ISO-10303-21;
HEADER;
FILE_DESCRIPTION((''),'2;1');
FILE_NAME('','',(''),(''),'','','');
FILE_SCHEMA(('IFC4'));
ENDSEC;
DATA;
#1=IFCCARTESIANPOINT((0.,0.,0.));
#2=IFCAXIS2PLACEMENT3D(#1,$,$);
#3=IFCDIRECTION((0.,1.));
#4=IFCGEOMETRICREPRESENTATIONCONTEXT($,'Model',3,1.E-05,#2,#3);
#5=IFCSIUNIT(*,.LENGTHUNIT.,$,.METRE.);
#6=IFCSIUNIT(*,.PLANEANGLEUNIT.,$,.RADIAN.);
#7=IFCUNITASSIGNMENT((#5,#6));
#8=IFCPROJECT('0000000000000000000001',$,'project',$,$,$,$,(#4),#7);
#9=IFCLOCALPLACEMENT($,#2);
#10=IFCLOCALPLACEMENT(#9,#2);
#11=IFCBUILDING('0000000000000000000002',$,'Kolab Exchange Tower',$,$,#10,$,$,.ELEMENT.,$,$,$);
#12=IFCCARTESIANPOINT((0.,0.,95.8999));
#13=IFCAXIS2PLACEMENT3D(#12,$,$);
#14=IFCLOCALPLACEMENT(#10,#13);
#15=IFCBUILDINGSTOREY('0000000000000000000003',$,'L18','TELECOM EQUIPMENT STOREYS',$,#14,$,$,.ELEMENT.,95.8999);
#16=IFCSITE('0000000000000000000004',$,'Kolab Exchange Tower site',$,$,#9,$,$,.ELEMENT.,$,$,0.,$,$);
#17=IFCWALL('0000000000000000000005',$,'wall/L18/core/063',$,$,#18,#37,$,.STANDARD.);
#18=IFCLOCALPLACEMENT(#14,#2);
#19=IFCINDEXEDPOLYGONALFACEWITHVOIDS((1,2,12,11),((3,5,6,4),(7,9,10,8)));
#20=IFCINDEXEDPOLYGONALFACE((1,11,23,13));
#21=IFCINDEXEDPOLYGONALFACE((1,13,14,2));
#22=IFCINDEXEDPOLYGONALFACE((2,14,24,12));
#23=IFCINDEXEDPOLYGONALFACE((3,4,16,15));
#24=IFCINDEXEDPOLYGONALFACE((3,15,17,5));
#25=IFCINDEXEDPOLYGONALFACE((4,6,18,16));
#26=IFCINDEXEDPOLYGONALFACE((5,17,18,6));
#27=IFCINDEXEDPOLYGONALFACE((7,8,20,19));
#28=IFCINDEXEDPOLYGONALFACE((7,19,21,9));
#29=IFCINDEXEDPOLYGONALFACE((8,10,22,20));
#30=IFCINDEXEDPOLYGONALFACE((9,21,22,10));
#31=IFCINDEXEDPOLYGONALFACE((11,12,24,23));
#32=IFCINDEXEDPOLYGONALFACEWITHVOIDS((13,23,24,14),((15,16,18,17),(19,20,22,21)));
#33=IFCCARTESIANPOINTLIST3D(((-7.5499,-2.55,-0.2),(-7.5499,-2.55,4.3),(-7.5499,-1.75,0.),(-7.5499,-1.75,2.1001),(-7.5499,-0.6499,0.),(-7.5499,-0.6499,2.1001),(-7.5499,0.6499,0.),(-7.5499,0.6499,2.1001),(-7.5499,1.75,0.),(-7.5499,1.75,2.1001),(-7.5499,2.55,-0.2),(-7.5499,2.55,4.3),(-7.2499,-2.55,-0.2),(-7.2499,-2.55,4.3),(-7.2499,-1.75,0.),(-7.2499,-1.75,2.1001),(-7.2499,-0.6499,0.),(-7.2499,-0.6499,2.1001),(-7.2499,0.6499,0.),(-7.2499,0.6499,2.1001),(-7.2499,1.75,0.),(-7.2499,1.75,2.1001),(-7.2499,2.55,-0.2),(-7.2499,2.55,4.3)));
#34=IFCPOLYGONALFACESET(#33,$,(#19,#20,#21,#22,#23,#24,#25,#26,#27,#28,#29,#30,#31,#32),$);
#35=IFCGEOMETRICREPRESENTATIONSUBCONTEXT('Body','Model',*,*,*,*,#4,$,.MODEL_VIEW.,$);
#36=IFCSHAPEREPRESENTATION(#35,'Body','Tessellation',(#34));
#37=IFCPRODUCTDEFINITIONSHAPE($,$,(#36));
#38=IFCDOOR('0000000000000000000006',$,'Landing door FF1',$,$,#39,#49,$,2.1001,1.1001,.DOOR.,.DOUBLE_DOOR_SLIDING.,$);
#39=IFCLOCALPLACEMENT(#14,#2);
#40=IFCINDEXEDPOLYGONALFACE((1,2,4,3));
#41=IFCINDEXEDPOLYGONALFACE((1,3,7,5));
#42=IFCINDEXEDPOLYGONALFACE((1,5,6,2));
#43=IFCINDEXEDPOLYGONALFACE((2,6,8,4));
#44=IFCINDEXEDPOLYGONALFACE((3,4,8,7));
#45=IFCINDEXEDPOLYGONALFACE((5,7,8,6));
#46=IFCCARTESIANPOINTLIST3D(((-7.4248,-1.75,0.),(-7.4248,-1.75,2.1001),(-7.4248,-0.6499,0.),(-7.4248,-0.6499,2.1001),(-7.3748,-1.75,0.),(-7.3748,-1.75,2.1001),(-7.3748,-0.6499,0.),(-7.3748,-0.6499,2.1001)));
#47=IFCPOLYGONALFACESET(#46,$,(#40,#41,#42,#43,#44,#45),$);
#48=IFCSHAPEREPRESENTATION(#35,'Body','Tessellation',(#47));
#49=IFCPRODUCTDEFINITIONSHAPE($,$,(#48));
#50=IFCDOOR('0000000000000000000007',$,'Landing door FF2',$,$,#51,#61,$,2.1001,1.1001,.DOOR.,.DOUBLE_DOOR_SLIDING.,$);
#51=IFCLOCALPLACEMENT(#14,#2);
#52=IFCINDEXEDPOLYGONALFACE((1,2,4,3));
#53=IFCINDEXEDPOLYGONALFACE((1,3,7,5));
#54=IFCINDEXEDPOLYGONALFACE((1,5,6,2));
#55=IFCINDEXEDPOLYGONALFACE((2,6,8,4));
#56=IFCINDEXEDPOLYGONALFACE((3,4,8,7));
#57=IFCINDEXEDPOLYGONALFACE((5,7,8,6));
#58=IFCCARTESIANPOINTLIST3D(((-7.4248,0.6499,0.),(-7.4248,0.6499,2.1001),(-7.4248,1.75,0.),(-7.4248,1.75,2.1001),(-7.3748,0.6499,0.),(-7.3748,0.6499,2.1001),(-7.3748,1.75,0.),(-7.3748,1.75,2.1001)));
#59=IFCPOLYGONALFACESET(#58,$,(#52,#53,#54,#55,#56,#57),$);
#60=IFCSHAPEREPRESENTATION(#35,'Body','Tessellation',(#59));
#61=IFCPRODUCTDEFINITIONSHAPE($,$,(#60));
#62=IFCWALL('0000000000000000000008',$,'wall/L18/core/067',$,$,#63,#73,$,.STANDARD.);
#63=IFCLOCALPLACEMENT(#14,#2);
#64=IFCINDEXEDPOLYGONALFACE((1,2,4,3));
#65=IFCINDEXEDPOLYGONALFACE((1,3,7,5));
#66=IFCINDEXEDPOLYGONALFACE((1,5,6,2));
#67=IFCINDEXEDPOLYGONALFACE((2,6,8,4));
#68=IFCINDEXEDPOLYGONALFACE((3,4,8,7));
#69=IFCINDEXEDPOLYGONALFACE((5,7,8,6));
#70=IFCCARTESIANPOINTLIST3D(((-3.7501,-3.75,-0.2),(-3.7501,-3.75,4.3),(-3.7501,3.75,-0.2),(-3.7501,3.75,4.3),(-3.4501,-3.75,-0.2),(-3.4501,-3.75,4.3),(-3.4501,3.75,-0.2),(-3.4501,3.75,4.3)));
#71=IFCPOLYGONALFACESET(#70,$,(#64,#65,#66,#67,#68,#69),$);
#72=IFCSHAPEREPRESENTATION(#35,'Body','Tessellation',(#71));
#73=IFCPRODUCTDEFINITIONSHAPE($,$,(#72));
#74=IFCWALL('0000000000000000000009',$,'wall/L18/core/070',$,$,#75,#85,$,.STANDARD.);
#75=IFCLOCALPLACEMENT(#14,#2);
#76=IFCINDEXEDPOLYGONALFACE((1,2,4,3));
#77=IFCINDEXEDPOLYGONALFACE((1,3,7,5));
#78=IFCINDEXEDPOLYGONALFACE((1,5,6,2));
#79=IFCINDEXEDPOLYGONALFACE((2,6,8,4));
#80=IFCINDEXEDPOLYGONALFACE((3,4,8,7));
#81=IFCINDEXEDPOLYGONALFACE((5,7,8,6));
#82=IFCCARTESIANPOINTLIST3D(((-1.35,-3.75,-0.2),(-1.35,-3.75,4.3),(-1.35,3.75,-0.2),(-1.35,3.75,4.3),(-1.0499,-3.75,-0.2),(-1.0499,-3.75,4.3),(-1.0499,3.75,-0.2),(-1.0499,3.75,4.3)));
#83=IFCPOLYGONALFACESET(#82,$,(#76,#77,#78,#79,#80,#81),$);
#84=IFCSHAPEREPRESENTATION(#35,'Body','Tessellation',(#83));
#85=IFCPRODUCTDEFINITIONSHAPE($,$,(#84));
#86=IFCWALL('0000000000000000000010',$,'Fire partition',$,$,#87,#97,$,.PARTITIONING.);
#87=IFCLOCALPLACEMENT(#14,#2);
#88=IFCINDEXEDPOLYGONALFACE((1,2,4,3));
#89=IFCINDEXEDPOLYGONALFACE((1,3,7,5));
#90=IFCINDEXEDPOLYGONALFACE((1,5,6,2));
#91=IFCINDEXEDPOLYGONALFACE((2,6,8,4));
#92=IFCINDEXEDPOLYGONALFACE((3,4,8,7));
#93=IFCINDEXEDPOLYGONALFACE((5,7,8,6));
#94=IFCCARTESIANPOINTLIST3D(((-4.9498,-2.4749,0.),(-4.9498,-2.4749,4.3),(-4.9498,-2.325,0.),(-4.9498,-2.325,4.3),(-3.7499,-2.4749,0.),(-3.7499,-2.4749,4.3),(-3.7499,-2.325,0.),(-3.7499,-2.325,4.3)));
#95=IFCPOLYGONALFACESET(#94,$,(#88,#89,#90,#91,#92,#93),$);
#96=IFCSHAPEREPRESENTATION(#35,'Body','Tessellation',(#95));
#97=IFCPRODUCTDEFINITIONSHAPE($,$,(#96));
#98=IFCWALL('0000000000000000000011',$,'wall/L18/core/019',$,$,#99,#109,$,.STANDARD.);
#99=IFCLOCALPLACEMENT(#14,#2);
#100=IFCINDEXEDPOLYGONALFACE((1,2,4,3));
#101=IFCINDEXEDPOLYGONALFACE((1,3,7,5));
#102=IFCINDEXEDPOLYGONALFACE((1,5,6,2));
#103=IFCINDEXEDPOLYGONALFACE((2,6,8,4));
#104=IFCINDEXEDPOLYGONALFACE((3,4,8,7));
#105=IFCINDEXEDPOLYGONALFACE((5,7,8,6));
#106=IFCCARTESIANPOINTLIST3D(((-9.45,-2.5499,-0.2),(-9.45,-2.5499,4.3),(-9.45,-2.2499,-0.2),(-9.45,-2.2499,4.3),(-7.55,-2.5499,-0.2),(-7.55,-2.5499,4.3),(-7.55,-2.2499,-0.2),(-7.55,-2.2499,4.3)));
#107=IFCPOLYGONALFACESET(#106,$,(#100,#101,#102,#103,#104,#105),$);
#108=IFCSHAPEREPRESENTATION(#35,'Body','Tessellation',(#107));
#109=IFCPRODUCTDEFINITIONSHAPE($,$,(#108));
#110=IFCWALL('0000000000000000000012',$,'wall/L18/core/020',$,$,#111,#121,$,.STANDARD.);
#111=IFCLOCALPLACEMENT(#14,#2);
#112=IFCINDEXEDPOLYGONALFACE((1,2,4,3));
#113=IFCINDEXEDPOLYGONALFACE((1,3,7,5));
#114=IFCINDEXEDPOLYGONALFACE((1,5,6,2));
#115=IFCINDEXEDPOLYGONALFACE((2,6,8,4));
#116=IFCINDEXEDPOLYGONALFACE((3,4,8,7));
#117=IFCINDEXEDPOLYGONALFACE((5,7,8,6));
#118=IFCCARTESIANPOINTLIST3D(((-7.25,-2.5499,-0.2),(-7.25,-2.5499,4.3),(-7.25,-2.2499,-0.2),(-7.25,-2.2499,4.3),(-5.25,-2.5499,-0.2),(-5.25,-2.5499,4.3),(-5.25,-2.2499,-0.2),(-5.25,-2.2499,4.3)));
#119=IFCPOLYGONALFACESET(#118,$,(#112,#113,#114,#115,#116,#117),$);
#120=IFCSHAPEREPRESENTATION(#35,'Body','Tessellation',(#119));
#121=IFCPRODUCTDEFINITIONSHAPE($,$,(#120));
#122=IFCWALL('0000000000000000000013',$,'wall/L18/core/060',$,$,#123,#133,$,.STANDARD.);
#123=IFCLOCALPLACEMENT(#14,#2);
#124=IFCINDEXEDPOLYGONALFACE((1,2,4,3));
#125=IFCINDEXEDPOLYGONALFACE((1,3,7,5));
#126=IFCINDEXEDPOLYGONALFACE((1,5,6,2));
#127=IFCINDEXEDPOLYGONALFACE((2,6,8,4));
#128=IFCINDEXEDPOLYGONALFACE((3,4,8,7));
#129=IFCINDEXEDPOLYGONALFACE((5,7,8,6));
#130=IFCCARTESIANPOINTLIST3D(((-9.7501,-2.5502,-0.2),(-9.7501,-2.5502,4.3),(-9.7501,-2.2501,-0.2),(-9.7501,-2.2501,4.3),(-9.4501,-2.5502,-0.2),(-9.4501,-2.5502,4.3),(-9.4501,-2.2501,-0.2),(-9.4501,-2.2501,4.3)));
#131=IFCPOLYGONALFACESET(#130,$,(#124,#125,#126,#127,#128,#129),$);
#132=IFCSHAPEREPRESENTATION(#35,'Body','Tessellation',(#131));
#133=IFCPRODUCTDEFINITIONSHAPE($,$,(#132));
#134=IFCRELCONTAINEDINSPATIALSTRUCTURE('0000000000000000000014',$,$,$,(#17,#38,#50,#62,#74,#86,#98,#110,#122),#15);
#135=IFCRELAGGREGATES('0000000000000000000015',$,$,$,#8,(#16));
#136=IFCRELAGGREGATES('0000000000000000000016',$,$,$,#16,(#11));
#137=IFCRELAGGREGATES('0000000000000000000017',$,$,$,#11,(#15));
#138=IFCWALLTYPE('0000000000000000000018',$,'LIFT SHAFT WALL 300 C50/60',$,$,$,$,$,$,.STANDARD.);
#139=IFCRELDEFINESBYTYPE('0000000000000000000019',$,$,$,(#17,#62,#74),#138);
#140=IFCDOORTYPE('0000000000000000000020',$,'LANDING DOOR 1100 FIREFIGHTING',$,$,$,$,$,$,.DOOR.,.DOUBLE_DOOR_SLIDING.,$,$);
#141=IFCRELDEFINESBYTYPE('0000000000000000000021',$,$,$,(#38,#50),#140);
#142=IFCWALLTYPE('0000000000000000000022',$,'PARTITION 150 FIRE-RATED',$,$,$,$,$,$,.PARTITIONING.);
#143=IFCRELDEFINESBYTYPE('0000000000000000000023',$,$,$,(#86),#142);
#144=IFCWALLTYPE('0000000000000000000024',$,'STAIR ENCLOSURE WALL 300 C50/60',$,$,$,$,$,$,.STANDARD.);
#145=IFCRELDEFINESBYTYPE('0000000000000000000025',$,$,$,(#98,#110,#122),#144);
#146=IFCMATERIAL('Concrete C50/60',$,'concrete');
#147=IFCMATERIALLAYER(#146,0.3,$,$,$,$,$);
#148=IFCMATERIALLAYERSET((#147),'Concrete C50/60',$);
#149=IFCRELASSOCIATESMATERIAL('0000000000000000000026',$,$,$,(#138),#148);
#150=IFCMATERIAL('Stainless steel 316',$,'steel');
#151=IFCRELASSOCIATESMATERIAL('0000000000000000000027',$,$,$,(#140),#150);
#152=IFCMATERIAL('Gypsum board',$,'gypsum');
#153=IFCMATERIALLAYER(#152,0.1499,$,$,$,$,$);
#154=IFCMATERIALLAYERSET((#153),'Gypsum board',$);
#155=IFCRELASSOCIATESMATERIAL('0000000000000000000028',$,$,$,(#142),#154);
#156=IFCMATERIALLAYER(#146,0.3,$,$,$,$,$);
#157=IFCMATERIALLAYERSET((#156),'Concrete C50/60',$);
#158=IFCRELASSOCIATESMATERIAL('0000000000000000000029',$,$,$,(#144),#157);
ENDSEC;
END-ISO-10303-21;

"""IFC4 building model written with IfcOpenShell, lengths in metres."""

from ifc_helpers import new_model, si_unit, direction, frame, frame_2d, origin, place, context, subcontext, project, spatial, rectangle, extrude, material, layer, layer_set, type_object, element, fill, save


model = new_model("IFC4")

# Units and contexts
model_context = context("Model", 3, precision=1e-05, world=origin(), true_north=direction((0.0, 1.0)))
body_context = subcontext(model_context, "Body", "Model", "MODEL_VIEW")
ifc_project = project(units=[si_unit("LENGTHUNIT", "METRE"), si_unit("PLANEANGLEUNIT", "RADIAN")], contexts=[model_context])

# Site, building, storey
site_placement = place(None, origin())
site = spatial("IfcSite", under=ifc_project, at=site_placement, Name="Kolab Exchange Tower site", CompositionType="ELEMENT", RefElevation=0.0)
building_placement = place(site_placement, origin())
building = spatial("IfcBuilding", under=site, at=building_placement, Name="Kolab Exchange Tower", CompositionType="ELEMENT")
storey_placement = place(building_placement, frame((0.0, 0.0, 95.8999)))
storey = spatial("IfcBuildingStorey", under=building, at=storey_placement, Name="L18", Description="TELECOM EQUIPMENT STOREYS", CompositionType="ELEMENT", Elevation=95.8999)

# Shared definitions
ifc_material_1 = material(Name="Concrete C50/60", Category="concrete")
ifc_layer_1 = layer(ifc_material_1, 0.3)
ifc_layer_set_1 = layer_set([ifc_layer_1], Name="Concrete C50/60")
wall_type_1 = type_object("IfcWallType", Name="LIFT SHAFT WALL 300 C50/60", PredefinedType="STANDARD", material=ifc_layer_set_1)

# Wall, openings, doors
wall_1_placement = place(storey_placement, frame((-7.3999, -2.55, -0.2), z_axis=(0.0, 0.0, 1.0), x_axis=(0.0, 1.0, 0.0)))
wall_1 = element("IfcWall", 1, at=wall_1_placement, inside=storey, type_object=wall_type_1, Name="wall/L18/core/063", PredefinedType="STANDARD", context=body_context, shape_type="SweptSolid", body=[
    extrude(rectangle(XDim=5.1001, YDim=0.3, at=frame_2d((2.55, 0.0))), origin(), (0.0, 0.0, 1.0), 4.5),
])
opening_1_placement = place(wall_1_placement, frame((0.8, 0.0, 0.2)))
opening_1 = element("IfcOpeningElement", 2, at=opening_1_placement, cuts=wall_1, PredefinedType="OPENING", context=body_context, shape_type="SweptSolid", body=[
    extrude(rectangle(XDim=1.1001, YDim=2.1001, at=frame_2d((0.55, 1.05))), frame((0.0, 0.1602, 0.0), z_axis=(0.0, -1.0, 0.0), x_axis=(1.0, 0.0, 0.0)), (0.0, 0.0, 1.0), 0.3201),
])
opening_2_placement = place(wall_1_placement, frame((3.2, 0.0, 0.2)))
opening_2 = element("IfcOpeningElement", 3, at=opening_2_placement, cuts=wall_1, PredefinedType="OPENING", context=body_context, shape_type="SweptSolid", body=[
    extrude(rectangle(XDim=1.1001, YDim=2.1001, at=frame_2d((0.55, 1.05))), frame((0.0, 0.1602, 0.0), z_axis=(0.0, -1.0, 0.0), x_axis=(1.0, 0.0, 0.0)), (0.0, 0.0, 1.0), 0.3201),
])
ifc_material_2 = material(Name="Stainless steel 316", Category="steel")
door_type_1 = type_object("IfcDoorType", Name="LANDING DOOR 1100 FIREFIGHTING", OperationType="DOUBLE_DOOR_SLIDING", PredefinedType="DOOR", material=ifc_material_2)
door_1_placement = place(opening_1_placement, origin())
door_1 = element("IfcDoor", 4, at=door_1_placement, inside=storey, type_object=door_type_1, Name="Landing door FF1", OperationType="DOUBLE_DOOR_SLIDING", OverallHeight=2.1001, OverallWidth=1.1001, PredefinedType="DOOR", context=body_context, shape_type="SweptSolid", body=[
    extrude(rectangle(XDim=1.1001, YDim=2.1001, at=frame_2d((0.55, 1.05))), frame((0.0, 0.0249, 0.0), z_axis=(0.0, -1.0, 0.0), x_axis=(1.0, 0.0, 0.0)), (0.0, 0.0, 1.0), 0.05),
])
fill(opening_1, door_1)
door_2_placement = place(opening_2_placement, origin())
door_2 = element("IfcDoor", 5, at=door_2_placement, inside=storey, type_object=door_type_1, Name="Landing door FF2", OperationType="DOUBLE_DOOR_SLIDING", OverallHeight=2.1001, OverallWidth=1.1001, PredefinedType="DOOR", context=body_context, shape_type="SweptSolid", body=[
    extrude(rectangle(XDim=1.1001, YDim=2.1001, at=frame_2d((0.55, 1.05))), frame((0.0, 0.0249, 0.0), z_axis=(0.0, -1.0, 0.0), x_axis=(1.0, 0.0, 0.0)), (0.0, 0.0, 1.0), 0.05),
])
fill(opening_2, door_2)

# Walls
for number, where, z_axis, x_axis, name in (
    (6, (-3.6001, -3.75, -0.2), (0.0, 0.0, 1.0), (0.0, 1.0, 0.0), "wall/L18/core/067"),
    (7, (-1.2, -3.75, -0.2), (0.0, 0.0, 1.0), (0.0, 1.0, 0.0), "wall/L18/core/070"),
):
    element("IfcWall", number, at=place(storey_placement, frame(where, z_axis=z_axis, x_axis=x_axis)), inside=storey, type_object=wall_type_1, Name=name, PredefinedType="STANDARD", context=body_context, shape_type="SweptSolid", body=[
        extrude(rectangle(XDim=7.5, YDim=0.3, at=frame_2d((3.75, 0.0))), origin(), (0.0, 0.0, 1.0), 4.5),
    ])
ifc_material_3 = material(Name="Gypsum board", Category="gypsum")
ifc_layer_2 = layer(ifc_material_3, 0.1499)
ifc_layer_set_2 = layer_set([ifc_layer_2], Name="Gypsum board")
wall_type_2 = type_object("IfcWallType", Name="PARTITION 150 FIRE-RATED", PredefinedType="PARTITIONING", material=ifc_layer_set_2)
wall_2_placement = place(storey_placement, frame((-4.95, -2.3999, 0.0), z_axis=(0.0, 0.0, 1.0), x_axis=(1.0, 0.0, 0.0)))
element("IfcWall", 8, at=wall_2_placement, inside=storey, type_object=wall_type_2, Name="Fire partition", PredefinedType="PARTITIONING", context=body_context, shape_type="SweptSolid", body=[
    extrude(rectangle(XDim=1.2, YDim=0.1499, at=frame_2d((0.6001, 0.0))), origin(), (0.0, 0.0, 1.0), 4.3),
])
ifc_layer_3 = layer(ifc_material_1, 0.3)
ifc_layer_set_3 = layer_set([ifc_layer_3], Name="Concrete C50/60")
wall_type_3 = type_object("IfcWallType", Name="STAIR ENCLOSURE WALL 300 C50/60", PredefinedType="STANDARD", material=ifc_layer_set_3)
wall_3_placement = place(storey_placement, frame((-9.45, -2.3999, -0.2), z_axis=(0.0, 0.0, 1.0), x_axis=(1.0, 0.0, 0.0)))
element("IfcWall", 9, at=wall_3_placement, inside=storey, type_object=wall_type_3, Name="wall/L18/core/019", PredefinedType="STANDARD", context=body_context, shape_type="SweptSolid", body=[
    extrude(rectangle(XDim=1.8999, YDim=0.3, at=frame_2d((0.95, 0.0))), origin(), (0.0, 0.0, 1.0), 4.5),
])
wall_4_placement = place(storey_placement, frame((-7.25, -2.3999, -0.2), z_axis=(0.0, 0.0, 1.0), x_axis=(1.0, 0.0, 0.0)))
element("IfcWall", 10, at=wall_4_placement, inside=storey, type_object=wall_type_3, Name="wall/L18/core/020", PredefinedType="STANDARD", context=body_context, shape_type="SweptSolid", body=[
    extrude(rectangle(XDim=2.0, YDim=0.3, at=frame_2d((1.0, 0.0))), origin(), (0.0, 0.0, 1.0), 4.5),
])
wall_5_placement = place(storey_placement, frame((-9.6001, -2.55, -0.2), z_axis=(0.0, 0.0, 1.0), x_axis=(0.0, 1.0, 0.0)))
element("IfcWall", 11, at=wall_5_placement, inside=storey, type_object=wall_type_3, Name="wall/L18/core/060", PredefinedType="STANDARD", context=body_context, shape_type="SweptSolid", body=[
    extrude(rectangle(XDim=0.3, YDim=0.3, at=frame_2d((0.1499, 0.0))), origin(), (0.0, 0.0, 1.0), 4.5),
])

save(model, "model.ifc")
